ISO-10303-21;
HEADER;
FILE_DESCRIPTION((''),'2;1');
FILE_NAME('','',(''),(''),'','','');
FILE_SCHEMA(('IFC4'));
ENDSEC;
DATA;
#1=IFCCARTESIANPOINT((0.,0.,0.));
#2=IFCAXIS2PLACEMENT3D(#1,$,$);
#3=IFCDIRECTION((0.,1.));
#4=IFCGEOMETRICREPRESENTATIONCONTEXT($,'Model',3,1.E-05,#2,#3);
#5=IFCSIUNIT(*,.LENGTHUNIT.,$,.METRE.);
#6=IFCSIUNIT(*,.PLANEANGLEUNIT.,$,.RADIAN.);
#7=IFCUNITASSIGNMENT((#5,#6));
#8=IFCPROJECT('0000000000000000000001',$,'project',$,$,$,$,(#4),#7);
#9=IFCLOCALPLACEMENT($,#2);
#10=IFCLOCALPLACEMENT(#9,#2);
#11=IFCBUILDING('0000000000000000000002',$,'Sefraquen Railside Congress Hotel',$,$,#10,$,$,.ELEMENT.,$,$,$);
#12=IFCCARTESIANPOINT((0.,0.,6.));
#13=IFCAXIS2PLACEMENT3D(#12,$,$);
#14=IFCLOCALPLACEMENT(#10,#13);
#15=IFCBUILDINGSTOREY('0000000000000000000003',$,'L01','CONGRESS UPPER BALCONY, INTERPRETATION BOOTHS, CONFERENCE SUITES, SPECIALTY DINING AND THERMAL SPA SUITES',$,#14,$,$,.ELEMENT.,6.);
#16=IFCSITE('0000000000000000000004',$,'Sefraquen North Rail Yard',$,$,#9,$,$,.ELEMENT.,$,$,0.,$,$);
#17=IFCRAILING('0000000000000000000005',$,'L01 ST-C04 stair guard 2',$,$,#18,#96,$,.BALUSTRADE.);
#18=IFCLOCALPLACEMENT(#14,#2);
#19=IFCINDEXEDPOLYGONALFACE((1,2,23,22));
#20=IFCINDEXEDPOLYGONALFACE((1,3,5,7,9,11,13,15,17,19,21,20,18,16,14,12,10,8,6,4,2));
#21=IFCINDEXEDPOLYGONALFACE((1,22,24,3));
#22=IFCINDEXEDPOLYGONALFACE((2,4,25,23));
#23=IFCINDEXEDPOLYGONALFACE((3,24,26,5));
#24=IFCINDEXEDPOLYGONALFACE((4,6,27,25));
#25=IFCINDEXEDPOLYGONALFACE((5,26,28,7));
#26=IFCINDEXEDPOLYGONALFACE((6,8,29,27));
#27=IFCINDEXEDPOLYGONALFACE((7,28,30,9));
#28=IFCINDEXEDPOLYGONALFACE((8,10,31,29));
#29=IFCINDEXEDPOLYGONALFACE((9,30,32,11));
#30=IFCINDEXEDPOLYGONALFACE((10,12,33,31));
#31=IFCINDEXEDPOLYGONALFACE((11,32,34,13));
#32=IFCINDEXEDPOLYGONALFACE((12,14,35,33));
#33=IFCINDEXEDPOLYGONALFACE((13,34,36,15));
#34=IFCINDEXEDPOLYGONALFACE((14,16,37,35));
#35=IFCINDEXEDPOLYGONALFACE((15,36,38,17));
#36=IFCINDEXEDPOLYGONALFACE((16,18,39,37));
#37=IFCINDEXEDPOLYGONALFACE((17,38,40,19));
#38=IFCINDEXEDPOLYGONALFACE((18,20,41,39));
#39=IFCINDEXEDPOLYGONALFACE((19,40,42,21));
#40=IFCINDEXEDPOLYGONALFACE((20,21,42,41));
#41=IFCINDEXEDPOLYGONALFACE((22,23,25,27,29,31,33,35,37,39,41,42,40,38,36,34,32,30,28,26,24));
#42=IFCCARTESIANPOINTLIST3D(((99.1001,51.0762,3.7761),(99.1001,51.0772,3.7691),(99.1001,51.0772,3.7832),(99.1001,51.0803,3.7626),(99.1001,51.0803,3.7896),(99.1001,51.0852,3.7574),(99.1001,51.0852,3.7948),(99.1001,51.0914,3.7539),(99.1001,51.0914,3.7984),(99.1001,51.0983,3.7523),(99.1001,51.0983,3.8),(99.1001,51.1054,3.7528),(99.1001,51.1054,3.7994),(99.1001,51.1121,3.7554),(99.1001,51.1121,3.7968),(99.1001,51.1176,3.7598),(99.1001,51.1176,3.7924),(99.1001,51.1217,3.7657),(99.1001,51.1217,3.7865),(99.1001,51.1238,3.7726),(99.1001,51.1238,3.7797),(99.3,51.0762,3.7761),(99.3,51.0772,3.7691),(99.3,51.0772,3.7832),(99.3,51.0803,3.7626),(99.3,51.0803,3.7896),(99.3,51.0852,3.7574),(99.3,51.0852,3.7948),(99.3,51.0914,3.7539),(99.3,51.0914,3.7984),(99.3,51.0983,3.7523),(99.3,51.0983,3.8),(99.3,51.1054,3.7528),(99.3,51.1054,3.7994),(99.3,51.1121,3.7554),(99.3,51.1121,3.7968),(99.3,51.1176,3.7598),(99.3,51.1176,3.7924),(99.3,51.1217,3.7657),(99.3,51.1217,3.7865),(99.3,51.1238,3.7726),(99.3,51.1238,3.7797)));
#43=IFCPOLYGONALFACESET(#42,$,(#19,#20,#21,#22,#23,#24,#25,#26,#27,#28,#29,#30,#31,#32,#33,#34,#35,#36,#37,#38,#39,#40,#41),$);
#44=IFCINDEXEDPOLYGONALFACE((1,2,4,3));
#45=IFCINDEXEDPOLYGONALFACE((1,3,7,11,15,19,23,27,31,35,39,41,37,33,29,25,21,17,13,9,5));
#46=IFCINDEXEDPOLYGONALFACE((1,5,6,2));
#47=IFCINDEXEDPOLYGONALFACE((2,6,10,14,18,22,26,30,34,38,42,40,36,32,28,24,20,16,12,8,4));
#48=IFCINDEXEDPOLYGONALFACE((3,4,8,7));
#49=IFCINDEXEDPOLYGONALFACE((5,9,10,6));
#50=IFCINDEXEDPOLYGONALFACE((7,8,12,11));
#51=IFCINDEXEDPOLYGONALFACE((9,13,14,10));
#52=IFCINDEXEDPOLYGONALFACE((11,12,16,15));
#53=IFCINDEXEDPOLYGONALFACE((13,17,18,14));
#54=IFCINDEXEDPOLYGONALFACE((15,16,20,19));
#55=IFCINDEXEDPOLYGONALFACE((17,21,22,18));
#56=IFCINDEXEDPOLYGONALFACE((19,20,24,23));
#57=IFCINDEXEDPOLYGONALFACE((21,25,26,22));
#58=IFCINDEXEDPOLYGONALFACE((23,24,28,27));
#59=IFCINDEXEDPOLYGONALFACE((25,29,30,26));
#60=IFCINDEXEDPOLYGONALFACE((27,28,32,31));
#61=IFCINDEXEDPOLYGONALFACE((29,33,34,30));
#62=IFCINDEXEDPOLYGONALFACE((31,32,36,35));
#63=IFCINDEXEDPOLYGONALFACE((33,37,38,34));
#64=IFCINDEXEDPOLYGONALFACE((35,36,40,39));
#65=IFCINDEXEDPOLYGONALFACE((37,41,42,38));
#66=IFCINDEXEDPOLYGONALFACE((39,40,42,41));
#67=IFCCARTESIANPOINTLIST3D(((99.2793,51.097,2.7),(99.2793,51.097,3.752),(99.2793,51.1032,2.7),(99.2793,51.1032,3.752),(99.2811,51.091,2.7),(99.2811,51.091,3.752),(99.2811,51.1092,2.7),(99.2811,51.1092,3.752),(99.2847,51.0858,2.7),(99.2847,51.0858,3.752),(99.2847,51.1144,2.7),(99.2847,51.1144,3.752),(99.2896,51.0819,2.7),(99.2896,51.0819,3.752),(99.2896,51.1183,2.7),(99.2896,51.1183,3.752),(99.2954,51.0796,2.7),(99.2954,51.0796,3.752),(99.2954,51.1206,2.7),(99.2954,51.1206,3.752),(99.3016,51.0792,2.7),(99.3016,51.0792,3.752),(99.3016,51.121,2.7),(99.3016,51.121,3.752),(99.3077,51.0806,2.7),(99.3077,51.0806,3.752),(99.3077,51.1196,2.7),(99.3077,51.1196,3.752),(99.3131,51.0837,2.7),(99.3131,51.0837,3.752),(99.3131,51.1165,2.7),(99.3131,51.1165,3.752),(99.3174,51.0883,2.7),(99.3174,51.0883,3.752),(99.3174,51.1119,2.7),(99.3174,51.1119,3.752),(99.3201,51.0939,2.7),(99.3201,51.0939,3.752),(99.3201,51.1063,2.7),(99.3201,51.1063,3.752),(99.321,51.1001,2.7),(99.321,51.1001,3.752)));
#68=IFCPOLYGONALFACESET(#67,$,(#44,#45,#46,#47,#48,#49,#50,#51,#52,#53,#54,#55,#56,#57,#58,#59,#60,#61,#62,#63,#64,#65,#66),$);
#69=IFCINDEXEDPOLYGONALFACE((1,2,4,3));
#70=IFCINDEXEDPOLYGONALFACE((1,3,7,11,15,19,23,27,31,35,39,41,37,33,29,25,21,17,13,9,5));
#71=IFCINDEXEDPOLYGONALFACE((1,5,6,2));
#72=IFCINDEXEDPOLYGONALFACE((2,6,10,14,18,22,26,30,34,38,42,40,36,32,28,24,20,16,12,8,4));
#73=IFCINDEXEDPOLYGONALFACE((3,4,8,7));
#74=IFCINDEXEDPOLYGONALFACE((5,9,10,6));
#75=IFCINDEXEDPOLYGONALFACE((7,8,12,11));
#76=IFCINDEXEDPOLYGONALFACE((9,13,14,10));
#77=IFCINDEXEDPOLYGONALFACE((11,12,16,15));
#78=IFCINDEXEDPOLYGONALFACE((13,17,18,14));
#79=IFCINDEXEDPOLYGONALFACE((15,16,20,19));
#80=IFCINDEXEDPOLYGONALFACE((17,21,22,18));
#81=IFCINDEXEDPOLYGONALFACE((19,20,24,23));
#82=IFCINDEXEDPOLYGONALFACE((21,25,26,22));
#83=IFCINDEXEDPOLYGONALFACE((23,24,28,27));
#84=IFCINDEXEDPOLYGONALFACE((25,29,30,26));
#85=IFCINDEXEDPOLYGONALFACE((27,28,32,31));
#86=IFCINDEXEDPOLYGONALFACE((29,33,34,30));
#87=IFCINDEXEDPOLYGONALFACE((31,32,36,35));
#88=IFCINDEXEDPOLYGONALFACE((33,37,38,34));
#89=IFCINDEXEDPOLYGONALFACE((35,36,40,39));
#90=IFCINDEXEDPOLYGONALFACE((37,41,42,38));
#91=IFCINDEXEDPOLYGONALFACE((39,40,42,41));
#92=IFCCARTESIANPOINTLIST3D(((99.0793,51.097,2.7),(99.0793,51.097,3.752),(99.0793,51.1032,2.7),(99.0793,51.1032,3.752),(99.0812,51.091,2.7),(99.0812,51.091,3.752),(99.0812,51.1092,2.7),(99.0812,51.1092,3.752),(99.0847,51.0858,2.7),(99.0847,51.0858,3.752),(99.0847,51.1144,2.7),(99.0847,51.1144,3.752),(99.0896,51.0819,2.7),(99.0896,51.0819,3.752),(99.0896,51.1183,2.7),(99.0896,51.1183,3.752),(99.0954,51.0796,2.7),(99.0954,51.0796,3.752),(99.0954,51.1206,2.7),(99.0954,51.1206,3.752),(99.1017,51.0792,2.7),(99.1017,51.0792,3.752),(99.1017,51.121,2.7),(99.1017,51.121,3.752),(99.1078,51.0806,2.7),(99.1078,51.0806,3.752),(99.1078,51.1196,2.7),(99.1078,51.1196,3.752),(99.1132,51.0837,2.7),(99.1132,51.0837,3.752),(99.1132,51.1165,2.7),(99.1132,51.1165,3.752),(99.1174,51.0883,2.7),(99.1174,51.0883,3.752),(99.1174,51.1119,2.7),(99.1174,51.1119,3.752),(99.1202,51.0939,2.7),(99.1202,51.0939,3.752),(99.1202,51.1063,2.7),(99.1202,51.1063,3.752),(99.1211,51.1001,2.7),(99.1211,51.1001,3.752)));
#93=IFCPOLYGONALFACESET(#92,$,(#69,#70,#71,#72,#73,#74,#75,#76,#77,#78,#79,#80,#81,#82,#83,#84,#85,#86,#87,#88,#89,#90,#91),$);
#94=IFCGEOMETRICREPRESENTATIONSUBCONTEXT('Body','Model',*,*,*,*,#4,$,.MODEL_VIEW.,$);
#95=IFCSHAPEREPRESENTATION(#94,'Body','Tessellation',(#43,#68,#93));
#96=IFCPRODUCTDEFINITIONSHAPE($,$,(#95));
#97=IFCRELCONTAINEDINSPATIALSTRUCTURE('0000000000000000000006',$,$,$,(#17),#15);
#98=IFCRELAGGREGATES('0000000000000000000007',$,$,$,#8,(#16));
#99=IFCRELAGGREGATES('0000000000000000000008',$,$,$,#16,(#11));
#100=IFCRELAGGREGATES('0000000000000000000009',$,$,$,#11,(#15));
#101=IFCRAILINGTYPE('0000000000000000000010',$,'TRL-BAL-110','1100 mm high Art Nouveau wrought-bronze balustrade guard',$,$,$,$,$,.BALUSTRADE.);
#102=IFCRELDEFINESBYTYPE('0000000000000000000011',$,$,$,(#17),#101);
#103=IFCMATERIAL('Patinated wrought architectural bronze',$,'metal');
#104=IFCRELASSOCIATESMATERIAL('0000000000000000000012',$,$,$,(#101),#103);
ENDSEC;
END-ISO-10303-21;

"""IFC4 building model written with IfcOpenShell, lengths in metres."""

from ifc_helpers import new_model, si_unit, direction, frame, origin, origin_2d, place, context, subcontext, project, spatial, circle, extrude, material, type_object, element, save


model = new_model("IFC4")

# Units and contexts
model_context = context("Model", 3, precision=1e-05, world=origin(), true_north=direction((0.0, 1.0)))
body_context = subcontext(model_context, "Body", "Model", "MODEL_VIEW")
ifc_project = project(units=[si_unit("LENGTHUNIT", "METRE"), si_unit("PLANEANGLEUNIT", "RADIAN")], contexts=[model_context])

# Site, building, storey
site_placement = place(None, origin())
site = spatial("IfcSite", under=ifc_project, at=site_placement, Name="Sefraquen North Rail Yard", CompositionType="ELEMENT", RefElevation=0.0)
building_placement = place(site_placement, origin())
building = spatial("IfcBuilding", under=site, at=building_placement, Name="Sefraquen Railside Congress Hotel", CompositionType="ELEMENT")
storey_placement = place(building_placement, frame((0.0, 0.0, 6.0)))
storey = spatial("IfcBuildingStorey", under=building, at=storey_placement, Name="L01", Description="CONGRESS UPPER BALCONY, INTERPRETATION BOOTHS, CONFERENCE SUITES, SPECIALTY DINING AND THERMAL SPA SUITES", CompositionType="ELEMENT", Elevation=6.0)

# Railing
ifc_material_1 = material(Name="Patinated wrought architectural bronze", Category="metal")
railing_type_1 = type_object("IfcRailingType", Name="TRL-BAL-110", Description="1100 mm high Art Nouveau wrought-bronze balustrade guard", PredefinedType="BALUSTRADE", material=ifc_material_1)
railing_1_placement = place(storey_placement, frame((99.3, 51.1001, 2.7)))
element("IfcRailing", 1, at=railing_1_placement, inside=storey, type_object=railing_type_1, Name="L01 ST-C04 stair guard 2", PredefinedType="BALUSTRADE", context=body_context, shape_type="SweptSolid", body=[
    extrude(circle(Radius=0.0239, at=origin_2d()), frame((0.0, 0.0, 1.0762), z_axis=(-1.0, 0.0, 0.0), x_axis=(0.0, -1.0, 0.0)), (0.0, 0.0, 1.0), 0.2),
    extrude(circle(Radius=0.021, at=origin_2d()), origin(), (0.0, 0.0, 1.0), 1.052),
    extrude(circle(Radius=0.021, at=origin_2d()), frame((-0.2, 0.0, 0.0)), (0.0, 0.0, 1.0), 1.052),
])

save(model, "model.ifc")
